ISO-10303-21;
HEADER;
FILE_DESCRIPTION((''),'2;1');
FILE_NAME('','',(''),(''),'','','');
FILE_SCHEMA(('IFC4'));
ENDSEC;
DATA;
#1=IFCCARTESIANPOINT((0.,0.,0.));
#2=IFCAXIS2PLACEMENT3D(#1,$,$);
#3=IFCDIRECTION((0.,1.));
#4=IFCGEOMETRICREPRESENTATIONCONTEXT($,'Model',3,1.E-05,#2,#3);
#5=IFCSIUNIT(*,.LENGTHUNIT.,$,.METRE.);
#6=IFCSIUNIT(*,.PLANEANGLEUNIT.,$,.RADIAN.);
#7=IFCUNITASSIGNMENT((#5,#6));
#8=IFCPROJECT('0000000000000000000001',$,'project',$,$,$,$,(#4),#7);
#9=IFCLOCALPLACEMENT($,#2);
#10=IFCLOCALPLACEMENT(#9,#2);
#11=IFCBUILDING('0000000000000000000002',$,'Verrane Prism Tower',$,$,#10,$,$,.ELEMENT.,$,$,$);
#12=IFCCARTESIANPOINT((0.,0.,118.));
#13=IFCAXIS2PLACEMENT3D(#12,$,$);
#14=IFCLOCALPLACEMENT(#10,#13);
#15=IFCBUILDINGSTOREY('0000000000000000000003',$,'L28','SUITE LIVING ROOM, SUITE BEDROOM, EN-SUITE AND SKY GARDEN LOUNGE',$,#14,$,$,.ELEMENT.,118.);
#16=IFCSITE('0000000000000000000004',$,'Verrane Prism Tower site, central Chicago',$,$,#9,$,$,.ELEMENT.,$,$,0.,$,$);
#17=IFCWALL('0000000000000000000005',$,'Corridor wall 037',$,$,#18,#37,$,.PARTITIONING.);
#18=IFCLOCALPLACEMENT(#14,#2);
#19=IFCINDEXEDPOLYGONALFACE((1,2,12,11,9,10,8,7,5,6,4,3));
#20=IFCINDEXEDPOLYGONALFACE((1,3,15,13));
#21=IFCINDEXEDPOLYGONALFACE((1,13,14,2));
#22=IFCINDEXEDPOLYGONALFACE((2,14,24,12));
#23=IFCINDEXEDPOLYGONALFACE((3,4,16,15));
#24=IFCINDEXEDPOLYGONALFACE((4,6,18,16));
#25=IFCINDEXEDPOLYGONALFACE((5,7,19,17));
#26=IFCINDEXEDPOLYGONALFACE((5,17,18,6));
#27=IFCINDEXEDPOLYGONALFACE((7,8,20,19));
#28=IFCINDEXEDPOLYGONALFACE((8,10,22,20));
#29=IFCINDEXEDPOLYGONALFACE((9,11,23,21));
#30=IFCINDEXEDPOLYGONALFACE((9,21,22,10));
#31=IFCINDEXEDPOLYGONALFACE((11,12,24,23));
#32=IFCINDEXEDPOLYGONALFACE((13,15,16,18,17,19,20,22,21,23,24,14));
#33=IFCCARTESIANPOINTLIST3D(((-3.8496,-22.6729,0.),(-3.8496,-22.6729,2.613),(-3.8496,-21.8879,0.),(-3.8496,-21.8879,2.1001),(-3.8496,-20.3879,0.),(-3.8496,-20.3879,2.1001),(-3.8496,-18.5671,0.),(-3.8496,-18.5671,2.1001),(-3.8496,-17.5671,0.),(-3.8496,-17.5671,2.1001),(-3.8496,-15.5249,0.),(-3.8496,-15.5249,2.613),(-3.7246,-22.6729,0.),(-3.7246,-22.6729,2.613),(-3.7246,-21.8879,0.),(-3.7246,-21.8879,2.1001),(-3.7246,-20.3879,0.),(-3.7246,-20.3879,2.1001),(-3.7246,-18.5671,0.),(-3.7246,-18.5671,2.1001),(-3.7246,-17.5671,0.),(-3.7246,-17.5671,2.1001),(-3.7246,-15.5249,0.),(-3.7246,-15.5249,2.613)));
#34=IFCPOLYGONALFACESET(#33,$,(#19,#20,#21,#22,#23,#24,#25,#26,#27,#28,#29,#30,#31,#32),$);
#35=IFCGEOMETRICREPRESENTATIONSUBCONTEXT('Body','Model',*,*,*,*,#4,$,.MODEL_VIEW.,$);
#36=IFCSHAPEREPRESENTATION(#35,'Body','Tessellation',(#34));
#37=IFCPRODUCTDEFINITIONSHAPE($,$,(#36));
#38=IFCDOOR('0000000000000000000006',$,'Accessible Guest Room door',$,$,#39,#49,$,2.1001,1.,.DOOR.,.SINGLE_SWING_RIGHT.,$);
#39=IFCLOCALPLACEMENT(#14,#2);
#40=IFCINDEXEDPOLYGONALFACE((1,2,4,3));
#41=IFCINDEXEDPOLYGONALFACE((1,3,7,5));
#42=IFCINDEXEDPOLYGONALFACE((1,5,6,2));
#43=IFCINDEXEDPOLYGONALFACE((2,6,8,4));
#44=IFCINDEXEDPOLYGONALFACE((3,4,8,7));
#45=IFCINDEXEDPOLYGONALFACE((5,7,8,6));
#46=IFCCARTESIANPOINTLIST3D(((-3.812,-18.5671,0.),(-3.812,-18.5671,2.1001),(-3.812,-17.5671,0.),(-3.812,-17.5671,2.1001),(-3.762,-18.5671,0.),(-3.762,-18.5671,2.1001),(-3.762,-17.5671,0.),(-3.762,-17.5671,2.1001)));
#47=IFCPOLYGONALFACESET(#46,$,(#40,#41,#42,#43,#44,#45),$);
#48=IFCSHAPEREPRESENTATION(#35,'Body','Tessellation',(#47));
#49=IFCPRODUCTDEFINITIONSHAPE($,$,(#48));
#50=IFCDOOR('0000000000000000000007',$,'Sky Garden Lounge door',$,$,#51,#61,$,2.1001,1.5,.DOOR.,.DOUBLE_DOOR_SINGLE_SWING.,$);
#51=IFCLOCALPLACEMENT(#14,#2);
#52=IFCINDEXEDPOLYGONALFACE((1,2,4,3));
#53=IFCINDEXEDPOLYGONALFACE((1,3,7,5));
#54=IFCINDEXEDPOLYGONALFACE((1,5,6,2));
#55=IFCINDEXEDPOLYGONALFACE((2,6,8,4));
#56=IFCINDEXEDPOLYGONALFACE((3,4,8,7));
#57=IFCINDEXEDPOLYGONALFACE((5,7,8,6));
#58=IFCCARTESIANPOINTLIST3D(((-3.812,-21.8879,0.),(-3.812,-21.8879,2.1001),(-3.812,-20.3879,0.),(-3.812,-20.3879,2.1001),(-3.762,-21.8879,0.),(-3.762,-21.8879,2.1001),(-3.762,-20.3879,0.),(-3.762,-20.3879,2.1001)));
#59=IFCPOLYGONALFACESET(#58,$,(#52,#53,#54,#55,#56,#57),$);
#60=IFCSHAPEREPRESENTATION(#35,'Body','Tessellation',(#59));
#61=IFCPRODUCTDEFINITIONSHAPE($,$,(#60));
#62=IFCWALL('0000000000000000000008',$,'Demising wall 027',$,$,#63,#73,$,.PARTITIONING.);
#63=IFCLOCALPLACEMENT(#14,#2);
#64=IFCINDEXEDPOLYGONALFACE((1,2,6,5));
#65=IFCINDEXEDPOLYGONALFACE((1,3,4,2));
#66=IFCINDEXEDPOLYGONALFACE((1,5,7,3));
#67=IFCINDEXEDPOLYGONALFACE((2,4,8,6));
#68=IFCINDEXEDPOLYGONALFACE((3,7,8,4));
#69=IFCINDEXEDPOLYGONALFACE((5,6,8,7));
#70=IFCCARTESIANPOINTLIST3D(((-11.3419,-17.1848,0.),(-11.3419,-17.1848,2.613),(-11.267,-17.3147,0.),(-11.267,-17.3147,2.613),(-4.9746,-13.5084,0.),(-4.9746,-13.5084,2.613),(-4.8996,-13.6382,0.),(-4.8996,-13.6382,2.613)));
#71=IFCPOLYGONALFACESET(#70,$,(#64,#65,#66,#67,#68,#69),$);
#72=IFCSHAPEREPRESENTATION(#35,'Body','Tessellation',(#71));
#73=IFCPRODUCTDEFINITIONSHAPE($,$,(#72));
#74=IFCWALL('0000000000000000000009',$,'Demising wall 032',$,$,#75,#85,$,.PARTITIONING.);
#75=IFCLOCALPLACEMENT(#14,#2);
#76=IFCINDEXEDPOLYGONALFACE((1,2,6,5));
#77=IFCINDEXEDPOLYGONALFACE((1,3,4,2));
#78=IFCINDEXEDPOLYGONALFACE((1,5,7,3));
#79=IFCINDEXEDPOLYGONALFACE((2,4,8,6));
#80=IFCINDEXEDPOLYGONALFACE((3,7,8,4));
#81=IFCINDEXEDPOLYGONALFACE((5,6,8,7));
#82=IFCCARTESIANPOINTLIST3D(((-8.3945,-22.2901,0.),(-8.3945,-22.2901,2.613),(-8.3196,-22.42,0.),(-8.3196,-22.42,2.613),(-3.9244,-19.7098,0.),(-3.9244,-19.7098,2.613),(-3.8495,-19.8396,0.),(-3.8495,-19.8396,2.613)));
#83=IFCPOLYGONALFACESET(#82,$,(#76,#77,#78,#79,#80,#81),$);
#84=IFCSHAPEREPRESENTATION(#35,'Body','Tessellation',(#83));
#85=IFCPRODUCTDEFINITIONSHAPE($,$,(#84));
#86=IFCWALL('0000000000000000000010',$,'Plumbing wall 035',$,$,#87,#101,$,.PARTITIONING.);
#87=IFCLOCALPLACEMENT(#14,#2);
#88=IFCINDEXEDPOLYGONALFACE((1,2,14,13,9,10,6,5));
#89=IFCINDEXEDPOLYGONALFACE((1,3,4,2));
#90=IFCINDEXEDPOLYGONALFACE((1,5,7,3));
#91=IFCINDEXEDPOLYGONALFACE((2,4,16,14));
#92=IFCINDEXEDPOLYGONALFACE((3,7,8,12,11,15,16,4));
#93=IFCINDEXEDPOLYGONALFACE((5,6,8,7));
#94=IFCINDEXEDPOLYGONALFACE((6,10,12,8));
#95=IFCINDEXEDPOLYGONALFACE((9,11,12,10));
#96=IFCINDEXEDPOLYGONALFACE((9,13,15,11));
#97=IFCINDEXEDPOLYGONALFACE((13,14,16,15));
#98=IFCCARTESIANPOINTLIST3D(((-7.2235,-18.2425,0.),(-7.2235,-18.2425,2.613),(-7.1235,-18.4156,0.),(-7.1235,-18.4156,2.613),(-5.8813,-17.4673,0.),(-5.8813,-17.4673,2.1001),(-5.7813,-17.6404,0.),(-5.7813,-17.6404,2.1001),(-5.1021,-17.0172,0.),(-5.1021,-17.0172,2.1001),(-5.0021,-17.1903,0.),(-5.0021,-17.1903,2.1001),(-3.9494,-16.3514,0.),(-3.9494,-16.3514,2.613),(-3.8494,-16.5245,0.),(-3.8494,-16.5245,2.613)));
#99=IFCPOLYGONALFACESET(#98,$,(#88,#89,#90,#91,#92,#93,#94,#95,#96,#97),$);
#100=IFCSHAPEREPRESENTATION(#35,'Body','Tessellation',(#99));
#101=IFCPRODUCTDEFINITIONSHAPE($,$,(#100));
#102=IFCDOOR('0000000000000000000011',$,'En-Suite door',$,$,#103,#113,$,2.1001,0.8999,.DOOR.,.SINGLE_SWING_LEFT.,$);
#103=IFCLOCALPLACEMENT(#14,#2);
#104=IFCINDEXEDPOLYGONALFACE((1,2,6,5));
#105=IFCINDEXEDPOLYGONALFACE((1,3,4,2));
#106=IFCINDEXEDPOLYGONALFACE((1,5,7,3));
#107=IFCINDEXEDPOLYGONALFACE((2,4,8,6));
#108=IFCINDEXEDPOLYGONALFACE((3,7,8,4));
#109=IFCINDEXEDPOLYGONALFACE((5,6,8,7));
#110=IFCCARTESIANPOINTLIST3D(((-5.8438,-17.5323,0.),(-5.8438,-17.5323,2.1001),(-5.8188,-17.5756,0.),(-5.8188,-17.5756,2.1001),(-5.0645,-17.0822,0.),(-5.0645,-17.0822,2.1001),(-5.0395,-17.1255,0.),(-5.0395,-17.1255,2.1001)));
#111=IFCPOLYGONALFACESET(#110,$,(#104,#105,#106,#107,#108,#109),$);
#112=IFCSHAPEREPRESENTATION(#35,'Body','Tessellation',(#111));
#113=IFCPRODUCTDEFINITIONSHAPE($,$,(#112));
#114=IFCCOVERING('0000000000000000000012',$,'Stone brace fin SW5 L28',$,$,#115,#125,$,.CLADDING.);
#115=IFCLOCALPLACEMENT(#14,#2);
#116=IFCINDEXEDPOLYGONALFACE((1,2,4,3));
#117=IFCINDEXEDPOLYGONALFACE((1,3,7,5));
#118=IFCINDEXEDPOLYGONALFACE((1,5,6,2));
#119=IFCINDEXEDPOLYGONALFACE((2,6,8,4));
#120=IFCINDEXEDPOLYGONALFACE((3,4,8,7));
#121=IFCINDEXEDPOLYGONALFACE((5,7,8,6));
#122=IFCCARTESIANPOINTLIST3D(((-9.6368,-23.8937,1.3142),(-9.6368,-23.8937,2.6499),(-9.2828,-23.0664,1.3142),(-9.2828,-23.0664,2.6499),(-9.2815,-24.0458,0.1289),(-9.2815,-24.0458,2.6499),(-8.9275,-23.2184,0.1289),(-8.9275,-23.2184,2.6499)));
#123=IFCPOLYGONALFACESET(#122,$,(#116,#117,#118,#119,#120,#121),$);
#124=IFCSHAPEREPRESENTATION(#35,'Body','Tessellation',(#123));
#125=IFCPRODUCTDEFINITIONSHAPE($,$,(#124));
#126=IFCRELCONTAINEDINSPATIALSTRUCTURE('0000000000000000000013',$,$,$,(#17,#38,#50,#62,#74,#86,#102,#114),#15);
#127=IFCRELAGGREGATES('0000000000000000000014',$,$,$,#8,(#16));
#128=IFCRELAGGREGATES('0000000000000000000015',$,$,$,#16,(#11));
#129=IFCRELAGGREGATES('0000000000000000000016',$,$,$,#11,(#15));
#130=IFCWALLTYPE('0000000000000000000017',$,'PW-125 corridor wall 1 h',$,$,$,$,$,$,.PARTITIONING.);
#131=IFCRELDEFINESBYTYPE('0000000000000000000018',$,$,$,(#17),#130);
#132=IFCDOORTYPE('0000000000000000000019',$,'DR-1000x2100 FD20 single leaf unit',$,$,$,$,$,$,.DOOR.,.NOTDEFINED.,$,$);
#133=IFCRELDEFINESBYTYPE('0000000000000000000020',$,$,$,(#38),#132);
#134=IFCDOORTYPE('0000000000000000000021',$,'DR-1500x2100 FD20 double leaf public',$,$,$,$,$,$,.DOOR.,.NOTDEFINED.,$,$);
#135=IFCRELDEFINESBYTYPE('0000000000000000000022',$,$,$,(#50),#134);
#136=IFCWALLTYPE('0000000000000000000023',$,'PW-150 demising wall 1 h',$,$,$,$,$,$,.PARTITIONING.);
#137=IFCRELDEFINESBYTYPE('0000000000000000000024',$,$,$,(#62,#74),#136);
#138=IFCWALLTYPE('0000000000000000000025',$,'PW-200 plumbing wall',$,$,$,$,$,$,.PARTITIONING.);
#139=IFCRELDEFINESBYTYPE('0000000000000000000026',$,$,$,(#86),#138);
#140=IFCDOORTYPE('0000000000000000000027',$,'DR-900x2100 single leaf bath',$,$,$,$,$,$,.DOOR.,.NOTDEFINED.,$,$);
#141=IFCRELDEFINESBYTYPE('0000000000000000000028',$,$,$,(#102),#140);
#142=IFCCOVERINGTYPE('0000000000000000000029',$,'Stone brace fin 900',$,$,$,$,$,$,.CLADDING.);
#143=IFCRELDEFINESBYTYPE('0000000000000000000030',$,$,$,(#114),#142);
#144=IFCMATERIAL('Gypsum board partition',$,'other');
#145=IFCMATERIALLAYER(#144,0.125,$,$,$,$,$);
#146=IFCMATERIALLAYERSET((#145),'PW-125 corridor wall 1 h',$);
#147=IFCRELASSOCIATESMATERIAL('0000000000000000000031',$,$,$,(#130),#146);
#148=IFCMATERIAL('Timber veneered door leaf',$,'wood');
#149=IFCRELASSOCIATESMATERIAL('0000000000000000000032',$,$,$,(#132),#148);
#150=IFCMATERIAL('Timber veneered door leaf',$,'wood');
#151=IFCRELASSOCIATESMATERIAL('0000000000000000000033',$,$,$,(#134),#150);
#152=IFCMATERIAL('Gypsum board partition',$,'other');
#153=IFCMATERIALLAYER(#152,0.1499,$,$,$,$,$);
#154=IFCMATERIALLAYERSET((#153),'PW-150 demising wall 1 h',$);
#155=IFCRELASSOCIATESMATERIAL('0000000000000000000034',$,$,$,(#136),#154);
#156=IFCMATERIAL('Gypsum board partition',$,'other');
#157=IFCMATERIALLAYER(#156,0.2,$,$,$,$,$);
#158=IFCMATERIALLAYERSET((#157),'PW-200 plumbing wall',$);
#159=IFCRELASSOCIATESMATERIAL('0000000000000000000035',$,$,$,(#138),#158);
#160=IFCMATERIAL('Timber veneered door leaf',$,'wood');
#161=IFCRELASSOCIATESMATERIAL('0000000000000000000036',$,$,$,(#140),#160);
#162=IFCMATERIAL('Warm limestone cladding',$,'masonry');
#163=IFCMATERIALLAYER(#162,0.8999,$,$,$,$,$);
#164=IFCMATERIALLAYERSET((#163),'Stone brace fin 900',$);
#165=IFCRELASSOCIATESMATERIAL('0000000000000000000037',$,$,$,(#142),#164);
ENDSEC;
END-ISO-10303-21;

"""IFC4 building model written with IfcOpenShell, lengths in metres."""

from ifc_helpers import new_model, si_unit, direction, frame, frame_2d, origin, place, context, subcontext, project, spatial, polyline, rectangle, outline, extrude, material, layer, layer_set, type_object, element, fill, save


model = new_model("IFC4")

# Units and contexts
model_context = context("Model", 3, precision=1e-05, world=origin(), true_north=direction((0.0, 1.0)))
body_context = subcontext(model_context, "Body", "Model", "MODEL_VIEW")
ifc_project = project(units=[si_unit("LENGTHUNIT", "METRE"), si_unit("PLANEANGLEUNIT", "RADIAN")], contexts=[model_context])

# Site, building, storey
site_placement = place(None, origin())
site = spatial("IfcSite", under=ifc_project, at=site_placement, Name="Verrane Prism Tower site, central Chicago", CompositionType="ELEMENT", RefElevation=0.0)
building_placement = place(site_placement, origin())
building = spatial("IfcBuilding", under=site, at=building_placement, Name="Verrane Prism Tower", CompositionType="ELEMENT")
storey_placement = place(building_placement, frame((0.0, 0.0, 118.0)))
storey = spatial("IfcBuildingStorey", under=building, at=storey_placement, Name="L28", Description="SUITE LIVING ROOM, SUITE BEDROOM, EN-SUITE AND SKY GARDEN LOUNGE", CompositionType="ELEMENT", Elevation=118.0)

# Wall, openings, doors
ifc_material_1 = material(Name="Gypsum board partition", Category="other")
ifc_layer_1 = layer(ifc_material_1, 0.125)
ifc_layer_set_1 = layer_set([ifc_layer_1], Name="PW-125 corridor wall 1 h")
wall_type_1 = type_object("IfcWallType", Name="PW-125 corridor wall 1 h", PredefinedType="PARTITIONING", material=ifc_layer_set_1)
wall_1_placement = place(storey_placement, frame((-3.7871, -22.6729, 0.0), z_axis=(0.0, 0.0, 1.0), x_axis=(0.0, 1.0, 0.0)))
wall_1 = element("IfcWall", 1, at=wall_1_placement, inside=storey, type_object=wall_type_1, Name="Corridor wall 037", PredefinedType="PARTITIONING", context=body_context, shape_type="SweptSolid", body=[
    extrude(rectangle(XDim=7.1479, YDim=0.125, at=frame_2d((3.574, 0.0))), origin(), (0.0, 0.0, 1.0), 2.613),
])
opening_1_placement = place(wall_1_placement, frame((4.1057, 0.0, 0.0)))
opening_1 = element("IfcOpeningElement", 2, at=opening_1_placement, cuts=wall_1, PredefinedType="OPENING", context=body_context, shape_type="SweptSolid", body=[
    extrude(rectangle(XDim=1.0, YDim=2.1001, at=frame_2d((0.5, 1.05))), frame((0.0, 0.0725, 0.0), z_axis=(0.0, -1.0, 0.0), x_axis=(1.0, 0.0, 0.0)), (0.0, 0.0, 1.0), 0.145),
])
opening_2_placement = place(wall_1_placement, frame((0.7849, 0.0, 0.0)))
opening_2 = element("IfcOpeningElement", 3, at=opening_2_placement, cuts=wall_1, PredefinedType="OPENING", context=body_context, shape_type="SweptSolid", body=[
    extrude(rectangle(XDim=1.5, YDim=2.1001, at=frame_2d((0.75, 1.05))), frame((0.0, 0.0725, 0.0), z_axis=(0.0, -1.0, 0.0), x_axis=(1.0, 0.0, 0.0)), (0.0, 0.0, 1.0), 0.145),
])
ifc_material_2 = material(Name="Timber veneered door leaf", Category="wood")
door_type_1 = type_object("IfcDoorType", Name="DR-1000x2100 FD20 single leaf unit", OperationType="NOTDEFINED", PredefinedType="DOOR", material=ifc_material_2)
door_1_placement = place(opening_1_placement, origin())
door_1 = element("IfcDoor", 4, at=door_1_placement, inside=storey, type_object=door_type_1, Name="Accessible Guest Room door", OperationType="SINGLE_SWING_RIGHT", OverallHeight=2.1001, OverallWidth=1.0, PredefinedType="DOOR", context=body_context, shape_type="SweptSolid", body=[
    extrude(rectangle(XDim=1.0, YDim=2.1001, at=frame_2d((0.5, 1.05))), frame((0.0, 0.0249, 0.0), z_axis=(0.0, -1.0, 0.0), x_axis=(1.0, 0.0, 0.0)), (0.0, 0.0, 1.0), 0.05),
])
fill(opening_1, door_1)
ifc_material_3 = material(Name="Timber veneered door leaf", Category="wood")
door_type_2 = type_object("IfcDoorType", Name="DR-1500x2100 FD20 double leaf public", OperationType="NOTDEFINED", PredefinedType="DOOR", material=ifc_material_3)
door_2_placement = place(opening_2_placement, origin())
door_2 = element("IfcDoor", 5, at=door_2_placement, inside=storey, type_object=door_type_2, Name="Sky Garden Lounge door", OperationType="DOUBLE_DOOR_SINGLE_SWING", OverallHeight=2.1001, OverallWidth=1.5, PredefinedType="DOOR", context=body_context, shape_type="SweptSolid", body=[
    extrude(rectangle(XDim=1.5, YDim=2.1001, at=frame_2d((0.75, 1.05))), frame((0.0, 0.0249, 0.0), z_axis=(0.0, -1.0, 0.0), x_axis=(1.0, 0.0, 0.0)), (0.0, 0.0, 1.0), 0.05),
])
fill(opening_2, door_2)

# Walls
ifc_material_4 = material(Name="Gypsum board partition", Category="other")
ifc_layer_2 = layer(ifc_material_4, 0.1499)
ifc_layer_set_2 = layer_set([ifc_layer_2], Name="PW-150 demising wall 1 h")
wall_type_2 = type_object("IfcWallType", Name="PW-150 demising wall 1 h", PredefinedType="PARTITIONING", material=ifc_layer_set_2)
wall_2_placement = place(storey_placement, frame((-11.3044, -17.2498, 0.0), z_axis=(0.0, 0.0, 1.0), x_axis=(0.866009, 0.500028, 0.0)))
element("IfcWall", 6, at=wall_2_placement, inside=storey, type_object=wall_type_2, Name="Demising wall 027", PredefinedType="PARTITIONING", context=body_context, shape_type="SweptSolid", body=[
    extrude(rectangle(XDim=7.3525, YDim=0.1499, at=frame_2d((3.6763, 0.0))), origin(), (0.0, 0.0, 1.0), 2.613),
])
wall_3_placement = place(storey_placement, frame((-8.3569, -22.355, 0.0), z_axis=(0.0, 0.0, 1.0), x_axis=(0.86606, 0.499939, 0.0)))
element("IfcWall", 7, at=wall_3_placement, inside=storey, type_object=wall_type_2, Name="Demising wall 032", PredefinedType="PARTITIONING", context=body_context, shape_type="SweptSolid", body=[
    extrude(rectangle(XDim=5.1614, YDim=0.1499, at=frame_2d((2.5806, 0.0))), origin(), (0.0, 0.0, 1.0), 2.613),
])

# Wall, opening, door
ifc_material_5 = material(Name="Gypsum board partition", Category="other")
ifc_layer_3 = layer(ifc_material_5, 0.2)
ifc_layer_set_3 = layer_set([ifc_layer_3], Name="PW-200 plumbing wall")
wall_type_3 = type_object("IfcWallType", Name="PW-200 plumbing wall", PredefinedType="PARTITIONING", material=ifc_layer_set_3)
wall_4_placement = place(storey_placement, frame((-7.1736, -18.3291, 0.0), z_axis=(0.0, 0.0, 1.0), x_axis=(0.865937, 0.500153, 0.0)))
wall_4 = element("IfcWall", 8, at=wall_4_placement, inside=storey, type_object=wall_type_3, Name="Plumbing wall 035", PredefinedType="PARTITIONING", context=body_context, shape_type="SweptSolid", body=[
    extrude(rectangle(XDim=3.781, YDim=0.2, at=frame_2d((1.8906, 0.0))), origin(), (0.0, 0.0, 1.0), 2.613),
])
opening_3_placement = place(wall_4_placement, frame((1.55, 0.0, 0.0)))
opening_3 = element("IfcOpeningElement", 9, at=opening_3_placement, cuts=wall_4, PredefinedType="OPENING", context=body_context, shape_type="SweptSolid", body=[
    extrude(rectangle(XDim=0.8999, YDim=2.1001, at=frame_2d((0.45, 1.05))), frame((0.0, 0.1099, 0.0), z_axis=(0.0, -1.0, 0.0), x_axis=(1.0, 0.0, 0.0)), (0.0, 0.0, 1.0), 0.22),
])
ifc_material_6 = material(Name="Timber veneered door leaf", Category="wood")
door_type_3 = type_object("IfcDoorType", Name="DR-900x2100 single leaf bath", OperationType="NOTDEFINED", PredefinedType="DOOR", material=ifc_material_6)
door_3_placement = place(opening_3_placement, origin())
door_3 = element("IfcDoor", 10, at=door_3_placement, inside=storey, type_object=door_type_3, Name="En-Suite door", OperationType="SINGLE_SWING_LEFT", OverallHeight=2.1001, OverallWidth=0.8999, PredefinedType="DOOR", context=body_context, shape_type="SweptSolid", body=[
    extrude(rectangle(XDim=0.8999, YDim=2.1001, at=frame_2d((0.45, 1.05))), frame((0.0, 0.0249, 0.0), z_axis=(0.0, -1.0, 0.0), x_axis=(1.0, 0.0, 0.0)), (0.0, 0.0, 1.0), 0.05),
])
fill(opening_3, door_3)

# Covering
ifc_material_7 = material(Name="Warm limestone cladding", Category="masonry")
ifc_layer_4 = layer(ifc_material_7, 0.8999)
ifc_layer_set_4 = layer_set([ifc_layer_4], Name="Stone brace fin 900")
covering_type = type_object("IfcCoveringType", Name="Stone brace fin 900", PredefinedType="CLADDING", material=ifc_layer_set_4)
covering_placement = place(storey_placement, frame((-9.1045, -23.6321, 0.1289), z_axis=(0.0, 0.0, 1.0), x_axis=(-0.919373, 0.393386, 0.0)))
element("IfcCovering", 11, at=covering_placement, inside=storey, type_object=covering_type, Name="Stone brace fin SW5 L28", PredefinedType="CLADDING", context=body_context, shape_type="SweptSolid", body=[
    extrude(outline(polyline([(0.3865, 2.521), (0.0, 2.521), (0.0, 0.0), (0.3865, 1.1853), (0.3865, 2.521)])), frame((0.0, 0.45, 0.0), z_axis=(0.0, -1.0, 0.0), x_axis=(1.0, 0.0, 0.0)), (0.0, 0.0, 1.0), 0.8999),
])

save(model, "model.ifc")
